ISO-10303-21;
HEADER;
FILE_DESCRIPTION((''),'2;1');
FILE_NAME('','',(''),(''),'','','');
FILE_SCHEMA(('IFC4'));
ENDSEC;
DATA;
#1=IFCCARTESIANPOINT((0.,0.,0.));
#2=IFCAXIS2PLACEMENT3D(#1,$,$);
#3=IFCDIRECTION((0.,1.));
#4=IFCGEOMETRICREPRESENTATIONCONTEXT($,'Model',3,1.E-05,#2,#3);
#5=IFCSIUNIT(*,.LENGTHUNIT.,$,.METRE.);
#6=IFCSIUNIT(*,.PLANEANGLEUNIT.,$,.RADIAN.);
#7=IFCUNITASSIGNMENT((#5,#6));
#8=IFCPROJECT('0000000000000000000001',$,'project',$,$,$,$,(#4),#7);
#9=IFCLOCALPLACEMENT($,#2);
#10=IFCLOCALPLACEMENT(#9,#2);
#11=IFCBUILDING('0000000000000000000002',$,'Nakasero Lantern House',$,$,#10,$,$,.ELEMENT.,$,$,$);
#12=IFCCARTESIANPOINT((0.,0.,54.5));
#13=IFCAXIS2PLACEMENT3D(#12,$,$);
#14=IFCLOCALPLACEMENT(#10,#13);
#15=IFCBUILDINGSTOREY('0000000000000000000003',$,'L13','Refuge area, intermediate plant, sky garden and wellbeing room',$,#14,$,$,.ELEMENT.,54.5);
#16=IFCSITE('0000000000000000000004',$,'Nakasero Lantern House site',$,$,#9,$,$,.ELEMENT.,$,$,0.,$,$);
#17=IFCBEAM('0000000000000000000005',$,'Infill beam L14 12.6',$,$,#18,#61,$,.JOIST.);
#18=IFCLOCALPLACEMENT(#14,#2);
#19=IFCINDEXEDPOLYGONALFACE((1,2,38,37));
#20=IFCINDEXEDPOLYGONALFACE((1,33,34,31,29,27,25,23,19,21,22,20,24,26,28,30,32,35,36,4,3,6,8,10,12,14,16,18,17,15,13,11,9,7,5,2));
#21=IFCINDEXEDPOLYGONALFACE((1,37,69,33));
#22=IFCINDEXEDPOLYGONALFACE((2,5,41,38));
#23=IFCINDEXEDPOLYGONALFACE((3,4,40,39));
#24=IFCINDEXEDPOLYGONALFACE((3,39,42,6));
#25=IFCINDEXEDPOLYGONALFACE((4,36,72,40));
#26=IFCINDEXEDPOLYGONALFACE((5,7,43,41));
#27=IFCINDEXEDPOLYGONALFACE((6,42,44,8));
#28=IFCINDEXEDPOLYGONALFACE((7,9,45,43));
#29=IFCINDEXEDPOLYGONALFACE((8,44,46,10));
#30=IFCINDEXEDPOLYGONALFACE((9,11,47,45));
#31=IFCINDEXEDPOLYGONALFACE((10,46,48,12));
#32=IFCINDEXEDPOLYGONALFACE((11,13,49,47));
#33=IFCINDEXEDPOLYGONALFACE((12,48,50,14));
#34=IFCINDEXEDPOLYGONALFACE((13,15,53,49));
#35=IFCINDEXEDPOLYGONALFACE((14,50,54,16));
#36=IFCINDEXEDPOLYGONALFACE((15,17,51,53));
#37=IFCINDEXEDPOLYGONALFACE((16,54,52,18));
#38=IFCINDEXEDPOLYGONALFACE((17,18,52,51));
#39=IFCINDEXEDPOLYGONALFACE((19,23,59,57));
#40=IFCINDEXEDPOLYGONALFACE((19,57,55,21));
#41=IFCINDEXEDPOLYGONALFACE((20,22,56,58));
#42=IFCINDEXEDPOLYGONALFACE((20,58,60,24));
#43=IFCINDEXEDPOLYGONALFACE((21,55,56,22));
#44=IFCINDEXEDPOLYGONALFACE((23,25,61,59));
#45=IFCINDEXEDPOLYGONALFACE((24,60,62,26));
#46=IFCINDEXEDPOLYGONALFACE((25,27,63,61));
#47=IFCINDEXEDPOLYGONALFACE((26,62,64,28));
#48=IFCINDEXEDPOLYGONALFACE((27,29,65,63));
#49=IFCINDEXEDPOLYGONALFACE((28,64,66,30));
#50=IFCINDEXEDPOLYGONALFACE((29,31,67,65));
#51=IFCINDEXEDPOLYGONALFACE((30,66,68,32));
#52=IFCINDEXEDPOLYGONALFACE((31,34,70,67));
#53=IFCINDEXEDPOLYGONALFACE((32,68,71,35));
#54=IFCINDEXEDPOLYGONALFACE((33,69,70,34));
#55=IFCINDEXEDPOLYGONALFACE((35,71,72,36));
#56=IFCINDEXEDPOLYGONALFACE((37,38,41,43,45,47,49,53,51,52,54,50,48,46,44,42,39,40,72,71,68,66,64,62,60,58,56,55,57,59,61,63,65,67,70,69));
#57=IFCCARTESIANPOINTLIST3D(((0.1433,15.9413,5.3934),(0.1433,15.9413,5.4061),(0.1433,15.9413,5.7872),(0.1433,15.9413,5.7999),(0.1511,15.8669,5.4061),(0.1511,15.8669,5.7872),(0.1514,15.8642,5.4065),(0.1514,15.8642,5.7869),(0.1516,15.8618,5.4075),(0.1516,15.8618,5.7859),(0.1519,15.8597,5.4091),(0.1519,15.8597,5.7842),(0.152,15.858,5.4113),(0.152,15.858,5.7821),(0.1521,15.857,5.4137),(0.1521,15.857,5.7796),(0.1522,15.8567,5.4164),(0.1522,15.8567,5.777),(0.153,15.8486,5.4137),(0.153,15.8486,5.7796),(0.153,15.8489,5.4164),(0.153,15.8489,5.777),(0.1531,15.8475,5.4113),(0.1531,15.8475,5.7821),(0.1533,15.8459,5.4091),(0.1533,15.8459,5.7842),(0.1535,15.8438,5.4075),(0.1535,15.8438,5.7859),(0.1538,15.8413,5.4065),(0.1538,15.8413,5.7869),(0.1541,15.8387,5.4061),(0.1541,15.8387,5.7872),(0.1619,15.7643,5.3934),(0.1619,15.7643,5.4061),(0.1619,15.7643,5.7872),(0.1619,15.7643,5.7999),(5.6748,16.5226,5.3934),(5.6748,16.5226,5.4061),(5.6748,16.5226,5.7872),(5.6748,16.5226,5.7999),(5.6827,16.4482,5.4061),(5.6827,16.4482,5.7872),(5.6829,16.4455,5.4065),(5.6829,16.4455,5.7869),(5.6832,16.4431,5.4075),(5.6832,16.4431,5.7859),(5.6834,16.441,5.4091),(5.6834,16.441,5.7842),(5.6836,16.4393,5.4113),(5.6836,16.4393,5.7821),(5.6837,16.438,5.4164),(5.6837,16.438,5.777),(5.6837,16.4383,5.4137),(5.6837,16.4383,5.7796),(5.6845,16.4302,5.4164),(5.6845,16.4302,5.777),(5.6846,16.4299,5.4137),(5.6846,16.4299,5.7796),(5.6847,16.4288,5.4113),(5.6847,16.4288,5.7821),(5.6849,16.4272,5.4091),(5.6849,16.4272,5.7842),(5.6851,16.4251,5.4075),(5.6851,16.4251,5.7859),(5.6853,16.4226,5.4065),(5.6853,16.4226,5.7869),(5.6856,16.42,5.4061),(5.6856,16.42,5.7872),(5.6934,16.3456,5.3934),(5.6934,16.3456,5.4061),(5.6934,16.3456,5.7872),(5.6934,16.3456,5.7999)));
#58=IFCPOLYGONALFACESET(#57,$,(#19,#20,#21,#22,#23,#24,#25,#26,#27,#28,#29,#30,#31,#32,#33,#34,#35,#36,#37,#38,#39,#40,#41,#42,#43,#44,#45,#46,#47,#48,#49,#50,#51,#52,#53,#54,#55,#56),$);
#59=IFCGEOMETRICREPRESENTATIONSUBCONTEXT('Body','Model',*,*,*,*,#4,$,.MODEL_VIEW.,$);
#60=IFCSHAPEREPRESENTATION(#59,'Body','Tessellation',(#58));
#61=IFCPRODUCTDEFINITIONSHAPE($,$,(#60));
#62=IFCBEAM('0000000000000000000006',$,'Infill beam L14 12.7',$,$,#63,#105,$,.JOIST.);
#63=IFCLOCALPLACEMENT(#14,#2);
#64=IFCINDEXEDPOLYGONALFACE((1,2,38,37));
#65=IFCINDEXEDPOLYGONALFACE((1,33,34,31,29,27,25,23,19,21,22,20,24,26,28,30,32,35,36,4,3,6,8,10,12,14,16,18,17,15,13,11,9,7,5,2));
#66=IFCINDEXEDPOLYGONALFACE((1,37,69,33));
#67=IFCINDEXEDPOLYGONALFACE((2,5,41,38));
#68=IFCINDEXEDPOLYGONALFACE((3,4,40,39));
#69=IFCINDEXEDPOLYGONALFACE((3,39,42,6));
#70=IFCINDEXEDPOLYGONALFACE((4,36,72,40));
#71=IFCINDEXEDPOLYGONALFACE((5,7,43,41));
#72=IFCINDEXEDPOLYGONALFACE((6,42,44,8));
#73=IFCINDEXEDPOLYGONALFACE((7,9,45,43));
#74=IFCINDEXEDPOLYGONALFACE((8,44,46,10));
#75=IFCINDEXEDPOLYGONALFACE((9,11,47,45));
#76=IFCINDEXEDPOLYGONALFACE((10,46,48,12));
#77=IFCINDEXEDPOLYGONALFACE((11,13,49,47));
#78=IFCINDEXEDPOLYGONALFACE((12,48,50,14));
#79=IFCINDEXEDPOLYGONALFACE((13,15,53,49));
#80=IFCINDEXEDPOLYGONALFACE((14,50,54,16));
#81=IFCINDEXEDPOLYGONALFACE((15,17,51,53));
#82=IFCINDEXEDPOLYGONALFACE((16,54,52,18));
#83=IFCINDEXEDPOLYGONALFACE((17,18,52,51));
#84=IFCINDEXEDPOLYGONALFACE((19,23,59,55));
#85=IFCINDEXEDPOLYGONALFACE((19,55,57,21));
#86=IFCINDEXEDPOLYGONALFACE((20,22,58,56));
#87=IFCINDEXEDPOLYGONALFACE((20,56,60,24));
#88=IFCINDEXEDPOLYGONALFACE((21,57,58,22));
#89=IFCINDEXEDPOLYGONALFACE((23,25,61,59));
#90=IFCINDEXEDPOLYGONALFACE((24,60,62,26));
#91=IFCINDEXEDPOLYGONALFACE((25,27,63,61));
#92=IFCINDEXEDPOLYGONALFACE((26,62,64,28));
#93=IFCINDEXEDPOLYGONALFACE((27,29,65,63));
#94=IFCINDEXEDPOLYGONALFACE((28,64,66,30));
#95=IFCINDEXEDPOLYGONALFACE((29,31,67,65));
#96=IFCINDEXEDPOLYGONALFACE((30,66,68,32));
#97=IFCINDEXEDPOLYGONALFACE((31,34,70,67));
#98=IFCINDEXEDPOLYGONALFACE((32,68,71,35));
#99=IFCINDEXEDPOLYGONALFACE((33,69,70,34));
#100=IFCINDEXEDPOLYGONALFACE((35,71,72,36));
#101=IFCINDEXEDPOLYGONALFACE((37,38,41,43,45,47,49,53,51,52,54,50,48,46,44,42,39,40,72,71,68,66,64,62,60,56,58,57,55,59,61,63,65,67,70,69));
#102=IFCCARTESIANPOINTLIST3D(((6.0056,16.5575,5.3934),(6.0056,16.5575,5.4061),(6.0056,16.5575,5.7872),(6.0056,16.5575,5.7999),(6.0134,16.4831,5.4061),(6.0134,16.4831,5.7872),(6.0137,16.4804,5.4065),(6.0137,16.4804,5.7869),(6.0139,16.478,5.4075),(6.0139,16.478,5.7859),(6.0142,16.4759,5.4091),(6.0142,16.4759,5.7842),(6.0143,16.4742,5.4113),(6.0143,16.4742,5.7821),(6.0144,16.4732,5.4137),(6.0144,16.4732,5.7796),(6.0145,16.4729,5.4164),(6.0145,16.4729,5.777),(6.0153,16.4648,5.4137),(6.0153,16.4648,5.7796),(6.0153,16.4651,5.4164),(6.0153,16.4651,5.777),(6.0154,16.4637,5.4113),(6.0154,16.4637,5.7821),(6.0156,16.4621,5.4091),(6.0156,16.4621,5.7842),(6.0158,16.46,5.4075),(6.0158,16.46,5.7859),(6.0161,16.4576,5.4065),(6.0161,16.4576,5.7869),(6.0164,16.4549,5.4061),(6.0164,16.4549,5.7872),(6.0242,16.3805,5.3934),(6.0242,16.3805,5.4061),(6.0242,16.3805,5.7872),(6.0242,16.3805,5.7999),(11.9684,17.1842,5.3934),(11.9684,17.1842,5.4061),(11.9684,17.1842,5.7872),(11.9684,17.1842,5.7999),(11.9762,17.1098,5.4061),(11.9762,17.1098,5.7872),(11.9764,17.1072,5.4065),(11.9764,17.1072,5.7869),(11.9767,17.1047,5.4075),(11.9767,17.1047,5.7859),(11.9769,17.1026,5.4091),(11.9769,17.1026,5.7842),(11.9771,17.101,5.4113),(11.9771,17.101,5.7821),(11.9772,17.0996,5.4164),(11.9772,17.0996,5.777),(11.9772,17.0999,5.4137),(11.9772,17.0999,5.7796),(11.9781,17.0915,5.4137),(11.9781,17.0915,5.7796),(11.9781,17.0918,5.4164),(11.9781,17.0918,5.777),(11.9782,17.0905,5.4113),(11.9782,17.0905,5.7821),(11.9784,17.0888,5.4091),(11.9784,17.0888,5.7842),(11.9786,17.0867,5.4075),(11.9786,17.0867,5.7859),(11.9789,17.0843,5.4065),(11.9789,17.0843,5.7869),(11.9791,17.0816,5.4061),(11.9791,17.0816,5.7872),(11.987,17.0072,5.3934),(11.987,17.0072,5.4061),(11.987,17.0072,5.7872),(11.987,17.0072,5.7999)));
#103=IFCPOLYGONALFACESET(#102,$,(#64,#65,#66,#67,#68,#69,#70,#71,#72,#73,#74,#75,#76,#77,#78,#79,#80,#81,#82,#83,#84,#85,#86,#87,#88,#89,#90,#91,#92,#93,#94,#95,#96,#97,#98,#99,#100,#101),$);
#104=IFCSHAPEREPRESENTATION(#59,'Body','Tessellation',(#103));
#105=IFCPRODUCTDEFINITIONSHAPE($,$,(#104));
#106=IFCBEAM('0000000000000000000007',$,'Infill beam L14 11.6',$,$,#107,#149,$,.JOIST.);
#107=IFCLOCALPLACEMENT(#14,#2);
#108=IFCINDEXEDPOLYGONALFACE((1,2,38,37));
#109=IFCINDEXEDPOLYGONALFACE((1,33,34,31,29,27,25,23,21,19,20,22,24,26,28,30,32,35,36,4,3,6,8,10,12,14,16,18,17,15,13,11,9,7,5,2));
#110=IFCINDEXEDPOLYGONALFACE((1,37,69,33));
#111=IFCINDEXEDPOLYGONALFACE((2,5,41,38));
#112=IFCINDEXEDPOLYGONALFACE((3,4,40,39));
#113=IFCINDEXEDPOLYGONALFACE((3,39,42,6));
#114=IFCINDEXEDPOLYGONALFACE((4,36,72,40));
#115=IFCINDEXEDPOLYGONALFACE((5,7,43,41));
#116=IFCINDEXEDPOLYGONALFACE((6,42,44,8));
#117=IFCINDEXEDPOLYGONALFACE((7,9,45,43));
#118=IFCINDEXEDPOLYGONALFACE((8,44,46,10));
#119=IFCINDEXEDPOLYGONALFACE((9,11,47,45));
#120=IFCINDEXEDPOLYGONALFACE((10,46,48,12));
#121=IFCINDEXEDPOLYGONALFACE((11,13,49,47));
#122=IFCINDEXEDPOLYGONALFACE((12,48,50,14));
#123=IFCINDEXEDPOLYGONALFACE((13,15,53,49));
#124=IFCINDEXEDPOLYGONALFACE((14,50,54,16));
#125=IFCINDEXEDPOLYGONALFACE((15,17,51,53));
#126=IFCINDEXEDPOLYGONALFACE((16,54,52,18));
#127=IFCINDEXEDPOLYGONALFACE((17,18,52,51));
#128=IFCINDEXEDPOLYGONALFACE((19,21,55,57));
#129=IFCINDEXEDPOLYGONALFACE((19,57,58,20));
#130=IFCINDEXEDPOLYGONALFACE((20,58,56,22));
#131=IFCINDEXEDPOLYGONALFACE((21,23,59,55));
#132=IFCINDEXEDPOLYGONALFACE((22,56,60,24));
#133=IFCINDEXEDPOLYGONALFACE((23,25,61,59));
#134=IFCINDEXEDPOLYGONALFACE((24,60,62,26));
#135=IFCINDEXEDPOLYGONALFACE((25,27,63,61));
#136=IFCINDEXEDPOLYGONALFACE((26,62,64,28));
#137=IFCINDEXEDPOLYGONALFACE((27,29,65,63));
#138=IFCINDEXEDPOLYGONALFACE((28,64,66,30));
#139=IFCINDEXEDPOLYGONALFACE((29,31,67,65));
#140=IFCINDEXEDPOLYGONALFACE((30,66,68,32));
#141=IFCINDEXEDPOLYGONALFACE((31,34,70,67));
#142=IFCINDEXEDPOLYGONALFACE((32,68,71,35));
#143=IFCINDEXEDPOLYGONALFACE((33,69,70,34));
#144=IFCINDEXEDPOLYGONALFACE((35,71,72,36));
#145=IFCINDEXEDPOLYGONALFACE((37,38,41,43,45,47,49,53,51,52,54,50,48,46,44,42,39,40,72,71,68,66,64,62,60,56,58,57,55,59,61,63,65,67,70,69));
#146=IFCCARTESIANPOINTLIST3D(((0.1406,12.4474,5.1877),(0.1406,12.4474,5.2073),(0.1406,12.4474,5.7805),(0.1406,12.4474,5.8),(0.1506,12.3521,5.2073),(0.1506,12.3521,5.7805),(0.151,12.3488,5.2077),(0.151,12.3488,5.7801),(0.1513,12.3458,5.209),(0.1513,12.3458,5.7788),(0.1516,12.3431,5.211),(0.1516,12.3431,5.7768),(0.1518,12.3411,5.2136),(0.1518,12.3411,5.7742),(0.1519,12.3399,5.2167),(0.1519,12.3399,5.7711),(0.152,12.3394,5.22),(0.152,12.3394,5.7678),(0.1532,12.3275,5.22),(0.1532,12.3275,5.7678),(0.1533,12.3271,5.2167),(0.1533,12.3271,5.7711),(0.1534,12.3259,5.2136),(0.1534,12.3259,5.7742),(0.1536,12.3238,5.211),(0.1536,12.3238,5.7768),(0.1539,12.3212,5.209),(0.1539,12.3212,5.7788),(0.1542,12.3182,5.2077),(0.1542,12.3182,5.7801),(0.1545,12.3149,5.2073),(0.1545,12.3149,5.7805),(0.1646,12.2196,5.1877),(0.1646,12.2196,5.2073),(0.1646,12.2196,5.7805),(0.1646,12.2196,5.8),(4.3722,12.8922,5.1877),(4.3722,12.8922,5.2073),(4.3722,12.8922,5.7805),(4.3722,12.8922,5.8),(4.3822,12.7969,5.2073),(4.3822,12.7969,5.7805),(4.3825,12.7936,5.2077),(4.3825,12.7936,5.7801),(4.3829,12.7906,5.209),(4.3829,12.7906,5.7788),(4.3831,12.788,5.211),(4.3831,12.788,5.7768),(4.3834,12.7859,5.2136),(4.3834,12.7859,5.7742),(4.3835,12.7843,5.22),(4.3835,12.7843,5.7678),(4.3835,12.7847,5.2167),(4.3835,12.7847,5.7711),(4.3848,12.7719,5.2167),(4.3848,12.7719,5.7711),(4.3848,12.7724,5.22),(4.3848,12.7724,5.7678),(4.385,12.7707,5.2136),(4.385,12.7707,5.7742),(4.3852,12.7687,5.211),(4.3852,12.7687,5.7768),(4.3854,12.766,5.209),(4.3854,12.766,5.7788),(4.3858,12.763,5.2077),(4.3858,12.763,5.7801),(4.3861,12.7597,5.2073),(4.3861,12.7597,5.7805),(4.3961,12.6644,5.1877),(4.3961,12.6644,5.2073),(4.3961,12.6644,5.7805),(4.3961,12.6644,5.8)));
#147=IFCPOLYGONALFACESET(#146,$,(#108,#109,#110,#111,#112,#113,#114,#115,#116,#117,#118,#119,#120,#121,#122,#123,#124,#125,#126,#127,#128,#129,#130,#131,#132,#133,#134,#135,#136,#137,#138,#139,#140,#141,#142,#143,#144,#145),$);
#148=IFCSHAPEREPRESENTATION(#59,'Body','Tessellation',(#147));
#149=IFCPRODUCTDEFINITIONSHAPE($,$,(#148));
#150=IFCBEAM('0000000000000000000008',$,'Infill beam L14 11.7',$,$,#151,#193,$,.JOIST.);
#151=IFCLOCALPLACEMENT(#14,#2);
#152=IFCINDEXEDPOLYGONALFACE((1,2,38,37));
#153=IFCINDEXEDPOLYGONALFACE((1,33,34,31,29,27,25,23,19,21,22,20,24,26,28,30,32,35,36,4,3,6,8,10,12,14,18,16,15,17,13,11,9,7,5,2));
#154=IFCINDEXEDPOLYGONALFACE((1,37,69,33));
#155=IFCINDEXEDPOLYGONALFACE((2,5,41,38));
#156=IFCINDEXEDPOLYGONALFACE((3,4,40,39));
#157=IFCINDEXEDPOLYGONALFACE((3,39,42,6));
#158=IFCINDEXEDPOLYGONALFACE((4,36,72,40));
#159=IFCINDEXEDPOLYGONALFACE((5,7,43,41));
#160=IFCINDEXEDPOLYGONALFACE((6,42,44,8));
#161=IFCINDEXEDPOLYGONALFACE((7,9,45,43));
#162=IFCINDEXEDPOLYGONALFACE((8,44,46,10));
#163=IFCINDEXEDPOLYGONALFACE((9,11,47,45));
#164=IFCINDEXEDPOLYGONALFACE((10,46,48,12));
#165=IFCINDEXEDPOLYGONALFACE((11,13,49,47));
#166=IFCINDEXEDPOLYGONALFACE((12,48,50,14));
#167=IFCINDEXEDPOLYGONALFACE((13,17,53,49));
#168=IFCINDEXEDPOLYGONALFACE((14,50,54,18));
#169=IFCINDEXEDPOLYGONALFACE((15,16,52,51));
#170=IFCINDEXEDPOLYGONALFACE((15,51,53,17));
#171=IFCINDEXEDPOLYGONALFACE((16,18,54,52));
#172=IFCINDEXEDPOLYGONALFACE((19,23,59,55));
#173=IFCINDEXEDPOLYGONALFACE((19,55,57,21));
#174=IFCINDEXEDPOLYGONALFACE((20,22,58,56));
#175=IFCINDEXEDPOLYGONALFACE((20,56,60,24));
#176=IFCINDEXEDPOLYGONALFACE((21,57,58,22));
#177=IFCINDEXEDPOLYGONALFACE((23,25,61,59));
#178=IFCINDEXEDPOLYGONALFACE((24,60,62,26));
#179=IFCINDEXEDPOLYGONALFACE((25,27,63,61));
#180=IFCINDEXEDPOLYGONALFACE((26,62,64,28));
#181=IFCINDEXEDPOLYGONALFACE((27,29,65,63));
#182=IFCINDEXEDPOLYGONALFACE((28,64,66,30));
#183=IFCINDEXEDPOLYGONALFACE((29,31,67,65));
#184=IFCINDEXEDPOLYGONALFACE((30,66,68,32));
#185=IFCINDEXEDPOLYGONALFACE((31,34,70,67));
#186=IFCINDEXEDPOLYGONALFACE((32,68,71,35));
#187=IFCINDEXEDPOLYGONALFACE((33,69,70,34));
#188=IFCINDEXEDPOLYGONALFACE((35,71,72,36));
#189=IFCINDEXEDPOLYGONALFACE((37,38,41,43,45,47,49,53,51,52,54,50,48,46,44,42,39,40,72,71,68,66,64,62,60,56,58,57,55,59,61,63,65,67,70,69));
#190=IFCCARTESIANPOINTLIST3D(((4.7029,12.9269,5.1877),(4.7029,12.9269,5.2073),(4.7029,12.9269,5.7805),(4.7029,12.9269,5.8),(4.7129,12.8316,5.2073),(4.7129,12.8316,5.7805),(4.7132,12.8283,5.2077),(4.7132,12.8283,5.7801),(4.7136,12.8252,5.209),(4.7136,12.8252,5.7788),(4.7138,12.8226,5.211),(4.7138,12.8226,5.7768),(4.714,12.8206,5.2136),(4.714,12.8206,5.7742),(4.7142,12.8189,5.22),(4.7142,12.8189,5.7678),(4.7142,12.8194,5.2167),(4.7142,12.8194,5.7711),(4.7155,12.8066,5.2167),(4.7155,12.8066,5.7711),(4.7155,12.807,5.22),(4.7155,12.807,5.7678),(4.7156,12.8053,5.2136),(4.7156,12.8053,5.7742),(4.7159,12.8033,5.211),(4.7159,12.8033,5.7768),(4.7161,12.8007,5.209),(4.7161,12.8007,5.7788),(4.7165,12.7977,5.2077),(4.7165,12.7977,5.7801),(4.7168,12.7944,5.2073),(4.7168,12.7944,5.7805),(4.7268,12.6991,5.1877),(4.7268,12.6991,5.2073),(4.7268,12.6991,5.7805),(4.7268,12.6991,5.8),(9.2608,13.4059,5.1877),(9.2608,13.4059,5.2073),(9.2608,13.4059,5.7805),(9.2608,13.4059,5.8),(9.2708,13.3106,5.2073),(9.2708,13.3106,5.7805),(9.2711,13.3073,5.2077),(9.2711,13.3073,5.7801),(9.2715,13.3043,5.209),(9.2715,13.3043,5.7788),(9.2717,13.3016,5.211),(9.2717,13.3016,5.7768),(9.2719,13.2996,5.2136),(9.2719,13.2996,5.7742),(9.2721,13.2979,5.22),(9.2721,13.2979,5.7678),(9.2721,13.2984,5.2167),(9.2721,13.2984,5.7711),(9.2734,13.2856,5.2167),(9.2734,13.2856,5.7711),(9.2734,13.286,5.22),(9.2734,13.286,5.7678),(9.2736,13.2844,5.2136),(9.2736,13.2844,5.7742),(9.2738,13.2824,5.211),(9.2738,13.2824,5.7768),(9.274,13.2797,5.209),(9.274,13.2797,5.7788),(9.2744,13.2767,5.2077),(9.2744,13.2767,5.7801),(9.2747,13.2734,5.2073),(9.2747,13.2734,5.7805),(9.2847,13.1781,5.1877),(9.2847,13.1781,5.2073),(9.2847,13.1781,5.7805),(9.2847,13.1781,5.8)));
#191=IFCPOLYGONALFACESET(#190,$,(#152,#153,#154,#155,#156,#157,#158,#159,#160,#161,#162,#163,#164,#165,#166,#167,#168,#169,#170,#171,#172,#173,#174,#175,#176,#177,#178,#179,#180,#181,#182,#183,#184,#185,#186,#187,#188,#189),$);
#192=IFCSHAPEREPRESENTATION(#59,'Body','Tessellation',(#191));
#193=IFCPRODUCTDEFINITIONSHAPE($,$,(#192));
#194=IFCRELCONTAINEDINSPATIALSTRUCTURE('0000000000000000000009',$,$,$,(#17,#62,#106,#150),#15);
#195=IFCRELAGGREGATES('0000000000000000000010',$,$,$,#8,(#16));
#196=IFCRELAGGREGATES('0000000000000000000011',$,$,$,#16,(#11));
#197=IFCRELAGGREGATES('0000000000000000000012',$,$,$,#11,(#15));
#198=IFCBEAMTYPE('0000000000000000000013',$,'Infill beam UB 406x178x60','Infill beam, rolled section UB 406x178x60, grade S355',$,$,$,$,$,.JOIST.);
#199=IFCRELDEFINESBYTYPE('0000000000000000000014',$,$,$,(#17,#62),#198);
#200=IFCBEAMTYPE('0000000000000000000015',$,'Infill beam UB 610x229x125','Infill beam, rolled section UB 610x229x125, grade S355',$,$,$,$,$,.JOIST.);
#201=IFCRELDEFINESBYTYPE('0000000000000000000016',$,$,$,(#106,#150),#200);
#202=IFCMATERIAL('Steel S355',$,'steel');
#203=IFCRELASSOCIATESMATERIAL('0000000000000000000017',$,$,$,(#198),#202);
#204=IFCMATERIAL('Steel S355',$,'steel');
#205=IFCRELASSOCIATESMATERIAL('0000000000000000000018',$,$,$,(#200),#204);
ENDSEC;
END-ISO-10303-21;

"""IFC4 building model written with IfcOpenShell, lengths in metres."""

from ifc_helpers import new_model, si_unit, direction, frame, origin, origin_2d, place, context, subcontext, project, spatial, i_section, extrude, material, material_profile, profile_set, type_object, element, save


model = new_model("IFC4")

# Units and contexts
model_context = context("Model", 3, precision=1e-05, world=origin(), true_north=direction((0.0, 1.0)))
body_context = subcontext(model_context, "Body", "Model", "MODEL_VIEW")
ifc_project = project(units=[si_unit("LENGTHUNIT", "METRE"), si_unit("PLANEANGLEUNIT", "RADIAN")], contexts=[model_context])

# Site, building, storey
site_placement = place(None, origin())
site = spatial("IfcSite", under=ifc_project, at=site_placement, Name="Nakasero Lantern House site", CompositionType="ELEMENT", RefElevation=0.0)
building_placement = place(site_placement, origin())
building = spatial("IfcBuilding", under=site, at=building_placement, Name="Nakasero Lantern House", CompositionType="ELEMENT")
storey_placement = place(building_placement, frame((0.0, 0.0, 54.5)))
storey = spatial("IfcBuildingStorey", under=building, at=storey_placement, Name="L13", Description="Refuge area, intermediate plant, sky garden and wellbeing room", CompositionType="ELEMENT", Elevation=54.5)

# Beams
ifc_material_1 = material(Name="Steel S355", Category="steel")
ifc_material_profile_1 = material_profile(ifc_material_1, i_section(OverallWidth=0.178, OverallDepth=0.4065, WebThickness=0.0078, FlangeThickness=0.0127, FilletRadius=0.0103, at=origin_2d()), Name="UB 406x178x60")
ifc_profile_set_1 = profile_set([ifc_material_profile_1], Name="Steel S355")
beam_type_1 = type_object("IfcBeamType", Name="Infill beam UB 406x178x60", Description="Infill beam, rolled section UB 406x178x60, grade S355", PredefinedType="JOIST", material=ifc_profile_set_1)
beam_1_placement = place(storey_placement, frame((0.1526, 15.8528, 5.5967), z_axis=(0.994523, 0.104513, 0.0), x_axis=(-0.104513, 0.994523, 0.0)))
element("IfcBeam", 1, at=beam_1_placement, inside=storey, type_object=beam_type_1, Name="Infill beam L14 12.6", PredefinedType="JOIST", context=body_context, shape_type="SweptSolid", body=[
    extrude(i_section(OverallWidth=0.178, OverallDepth=0.4065, WebThickness=0.0078, FlangeThickness=0.0127, FilletRadius=0.0103, at=origin_2d()), origin(), (0.0, 0.0, 1.0), 5.562),
])
beam_2_placement = place(storey_placement, frame((6.0149, 16.469, 5.5967), z_axis=(0.994522, 0.10453, 0.0), x_axis=(-0.10453, 0.994522, 0.0)))
element("IfcBeam", 2, at=beam_2_placement, inside=storey, type_object=beam_type_1, Name="Infill beam L14 12.7", PredefinedType="JOIST", context=body_context, shape_type="SweptSolid", body=[
    extrude(i_section(OverallWidth=0.178, OverallDepth=0.4065, WebThickness=0.0078, FlangeThickness=0.0127, FilletRadius=0.0103, at=origin_2d()), origin(), (0.0, 0.0, 1.0), 5.9956),
])
ifc_material_2 = material(Name="Steel S355", Category="steel")
ifc_material_profile_2 = material_profile(ifc_material_2, i_section(OverallWidth=0.229, OverallDepth=0.6123, WebThickness=0.012, FlangeThickness=0.0195, FilletRadius=0.0127, at=origin_2d()), Name="UB 610x229x125")
ifc_profile_set_2 = profile_set([ifc_material_profile_2], Name="Steel S355")
beam_type_2 = type_object("IfcBeamType", Name="Infill beam UB 610x229x125", Description="Infill beam, rolled section UB 610x229x125, grade S355", PredefinedType="JOIST", material=ifc_profile_set_2)
beam_3_placement = place(storey_placement, frame((0.1526, 12.3335, 5.4939), z_axis=(0.994521, 0.104541, 0.0), x_axis=(-0.104541, 0.994521, 0.0)))
element("IfcBeam", 3, at=beam_3_placement, inside=storey, type_object=beam_type_2, Name="Infill beam L14 11.6", PredefinedType="JOIST", context=body_context, shape_type="SweptSolid", body=[
    extrude(i_section(OverallWidth=0.229, OverallDepth=0.6123, WebThickness=0.012, FlangeThickness=0.0195, FilletRadius=0.0127, at=origin_2d()), origin(), (0.0, 0.0, 1.0), 4.2549),
])
beam_4_placement = place(storey_placement, frame((4.7148, 12.813, 5.4939), z_axis=(0.994523, 0.104518, 0.0), x_axis=(-0.104518, 0.994523, 0.0)))
element("IfcBeam", 4, at=beam_4_placement, inside=storey, type_object=beam_type_2, Name="Infill beam L14 11.7", PredefinedType="JOIST", context=body_context, shape_type="SweptSolid", body=[
    extrude(i_section(OverallWidth=0.229, OverallDepth=0.6123, WebThickness=0.012, FlangeThickness=0.0195, FilletRadius=0.0127, at=origin_2d()), origin(), (0.0, 0.0, 1.0), 4.583),
])

save(model, "model.ifc")
